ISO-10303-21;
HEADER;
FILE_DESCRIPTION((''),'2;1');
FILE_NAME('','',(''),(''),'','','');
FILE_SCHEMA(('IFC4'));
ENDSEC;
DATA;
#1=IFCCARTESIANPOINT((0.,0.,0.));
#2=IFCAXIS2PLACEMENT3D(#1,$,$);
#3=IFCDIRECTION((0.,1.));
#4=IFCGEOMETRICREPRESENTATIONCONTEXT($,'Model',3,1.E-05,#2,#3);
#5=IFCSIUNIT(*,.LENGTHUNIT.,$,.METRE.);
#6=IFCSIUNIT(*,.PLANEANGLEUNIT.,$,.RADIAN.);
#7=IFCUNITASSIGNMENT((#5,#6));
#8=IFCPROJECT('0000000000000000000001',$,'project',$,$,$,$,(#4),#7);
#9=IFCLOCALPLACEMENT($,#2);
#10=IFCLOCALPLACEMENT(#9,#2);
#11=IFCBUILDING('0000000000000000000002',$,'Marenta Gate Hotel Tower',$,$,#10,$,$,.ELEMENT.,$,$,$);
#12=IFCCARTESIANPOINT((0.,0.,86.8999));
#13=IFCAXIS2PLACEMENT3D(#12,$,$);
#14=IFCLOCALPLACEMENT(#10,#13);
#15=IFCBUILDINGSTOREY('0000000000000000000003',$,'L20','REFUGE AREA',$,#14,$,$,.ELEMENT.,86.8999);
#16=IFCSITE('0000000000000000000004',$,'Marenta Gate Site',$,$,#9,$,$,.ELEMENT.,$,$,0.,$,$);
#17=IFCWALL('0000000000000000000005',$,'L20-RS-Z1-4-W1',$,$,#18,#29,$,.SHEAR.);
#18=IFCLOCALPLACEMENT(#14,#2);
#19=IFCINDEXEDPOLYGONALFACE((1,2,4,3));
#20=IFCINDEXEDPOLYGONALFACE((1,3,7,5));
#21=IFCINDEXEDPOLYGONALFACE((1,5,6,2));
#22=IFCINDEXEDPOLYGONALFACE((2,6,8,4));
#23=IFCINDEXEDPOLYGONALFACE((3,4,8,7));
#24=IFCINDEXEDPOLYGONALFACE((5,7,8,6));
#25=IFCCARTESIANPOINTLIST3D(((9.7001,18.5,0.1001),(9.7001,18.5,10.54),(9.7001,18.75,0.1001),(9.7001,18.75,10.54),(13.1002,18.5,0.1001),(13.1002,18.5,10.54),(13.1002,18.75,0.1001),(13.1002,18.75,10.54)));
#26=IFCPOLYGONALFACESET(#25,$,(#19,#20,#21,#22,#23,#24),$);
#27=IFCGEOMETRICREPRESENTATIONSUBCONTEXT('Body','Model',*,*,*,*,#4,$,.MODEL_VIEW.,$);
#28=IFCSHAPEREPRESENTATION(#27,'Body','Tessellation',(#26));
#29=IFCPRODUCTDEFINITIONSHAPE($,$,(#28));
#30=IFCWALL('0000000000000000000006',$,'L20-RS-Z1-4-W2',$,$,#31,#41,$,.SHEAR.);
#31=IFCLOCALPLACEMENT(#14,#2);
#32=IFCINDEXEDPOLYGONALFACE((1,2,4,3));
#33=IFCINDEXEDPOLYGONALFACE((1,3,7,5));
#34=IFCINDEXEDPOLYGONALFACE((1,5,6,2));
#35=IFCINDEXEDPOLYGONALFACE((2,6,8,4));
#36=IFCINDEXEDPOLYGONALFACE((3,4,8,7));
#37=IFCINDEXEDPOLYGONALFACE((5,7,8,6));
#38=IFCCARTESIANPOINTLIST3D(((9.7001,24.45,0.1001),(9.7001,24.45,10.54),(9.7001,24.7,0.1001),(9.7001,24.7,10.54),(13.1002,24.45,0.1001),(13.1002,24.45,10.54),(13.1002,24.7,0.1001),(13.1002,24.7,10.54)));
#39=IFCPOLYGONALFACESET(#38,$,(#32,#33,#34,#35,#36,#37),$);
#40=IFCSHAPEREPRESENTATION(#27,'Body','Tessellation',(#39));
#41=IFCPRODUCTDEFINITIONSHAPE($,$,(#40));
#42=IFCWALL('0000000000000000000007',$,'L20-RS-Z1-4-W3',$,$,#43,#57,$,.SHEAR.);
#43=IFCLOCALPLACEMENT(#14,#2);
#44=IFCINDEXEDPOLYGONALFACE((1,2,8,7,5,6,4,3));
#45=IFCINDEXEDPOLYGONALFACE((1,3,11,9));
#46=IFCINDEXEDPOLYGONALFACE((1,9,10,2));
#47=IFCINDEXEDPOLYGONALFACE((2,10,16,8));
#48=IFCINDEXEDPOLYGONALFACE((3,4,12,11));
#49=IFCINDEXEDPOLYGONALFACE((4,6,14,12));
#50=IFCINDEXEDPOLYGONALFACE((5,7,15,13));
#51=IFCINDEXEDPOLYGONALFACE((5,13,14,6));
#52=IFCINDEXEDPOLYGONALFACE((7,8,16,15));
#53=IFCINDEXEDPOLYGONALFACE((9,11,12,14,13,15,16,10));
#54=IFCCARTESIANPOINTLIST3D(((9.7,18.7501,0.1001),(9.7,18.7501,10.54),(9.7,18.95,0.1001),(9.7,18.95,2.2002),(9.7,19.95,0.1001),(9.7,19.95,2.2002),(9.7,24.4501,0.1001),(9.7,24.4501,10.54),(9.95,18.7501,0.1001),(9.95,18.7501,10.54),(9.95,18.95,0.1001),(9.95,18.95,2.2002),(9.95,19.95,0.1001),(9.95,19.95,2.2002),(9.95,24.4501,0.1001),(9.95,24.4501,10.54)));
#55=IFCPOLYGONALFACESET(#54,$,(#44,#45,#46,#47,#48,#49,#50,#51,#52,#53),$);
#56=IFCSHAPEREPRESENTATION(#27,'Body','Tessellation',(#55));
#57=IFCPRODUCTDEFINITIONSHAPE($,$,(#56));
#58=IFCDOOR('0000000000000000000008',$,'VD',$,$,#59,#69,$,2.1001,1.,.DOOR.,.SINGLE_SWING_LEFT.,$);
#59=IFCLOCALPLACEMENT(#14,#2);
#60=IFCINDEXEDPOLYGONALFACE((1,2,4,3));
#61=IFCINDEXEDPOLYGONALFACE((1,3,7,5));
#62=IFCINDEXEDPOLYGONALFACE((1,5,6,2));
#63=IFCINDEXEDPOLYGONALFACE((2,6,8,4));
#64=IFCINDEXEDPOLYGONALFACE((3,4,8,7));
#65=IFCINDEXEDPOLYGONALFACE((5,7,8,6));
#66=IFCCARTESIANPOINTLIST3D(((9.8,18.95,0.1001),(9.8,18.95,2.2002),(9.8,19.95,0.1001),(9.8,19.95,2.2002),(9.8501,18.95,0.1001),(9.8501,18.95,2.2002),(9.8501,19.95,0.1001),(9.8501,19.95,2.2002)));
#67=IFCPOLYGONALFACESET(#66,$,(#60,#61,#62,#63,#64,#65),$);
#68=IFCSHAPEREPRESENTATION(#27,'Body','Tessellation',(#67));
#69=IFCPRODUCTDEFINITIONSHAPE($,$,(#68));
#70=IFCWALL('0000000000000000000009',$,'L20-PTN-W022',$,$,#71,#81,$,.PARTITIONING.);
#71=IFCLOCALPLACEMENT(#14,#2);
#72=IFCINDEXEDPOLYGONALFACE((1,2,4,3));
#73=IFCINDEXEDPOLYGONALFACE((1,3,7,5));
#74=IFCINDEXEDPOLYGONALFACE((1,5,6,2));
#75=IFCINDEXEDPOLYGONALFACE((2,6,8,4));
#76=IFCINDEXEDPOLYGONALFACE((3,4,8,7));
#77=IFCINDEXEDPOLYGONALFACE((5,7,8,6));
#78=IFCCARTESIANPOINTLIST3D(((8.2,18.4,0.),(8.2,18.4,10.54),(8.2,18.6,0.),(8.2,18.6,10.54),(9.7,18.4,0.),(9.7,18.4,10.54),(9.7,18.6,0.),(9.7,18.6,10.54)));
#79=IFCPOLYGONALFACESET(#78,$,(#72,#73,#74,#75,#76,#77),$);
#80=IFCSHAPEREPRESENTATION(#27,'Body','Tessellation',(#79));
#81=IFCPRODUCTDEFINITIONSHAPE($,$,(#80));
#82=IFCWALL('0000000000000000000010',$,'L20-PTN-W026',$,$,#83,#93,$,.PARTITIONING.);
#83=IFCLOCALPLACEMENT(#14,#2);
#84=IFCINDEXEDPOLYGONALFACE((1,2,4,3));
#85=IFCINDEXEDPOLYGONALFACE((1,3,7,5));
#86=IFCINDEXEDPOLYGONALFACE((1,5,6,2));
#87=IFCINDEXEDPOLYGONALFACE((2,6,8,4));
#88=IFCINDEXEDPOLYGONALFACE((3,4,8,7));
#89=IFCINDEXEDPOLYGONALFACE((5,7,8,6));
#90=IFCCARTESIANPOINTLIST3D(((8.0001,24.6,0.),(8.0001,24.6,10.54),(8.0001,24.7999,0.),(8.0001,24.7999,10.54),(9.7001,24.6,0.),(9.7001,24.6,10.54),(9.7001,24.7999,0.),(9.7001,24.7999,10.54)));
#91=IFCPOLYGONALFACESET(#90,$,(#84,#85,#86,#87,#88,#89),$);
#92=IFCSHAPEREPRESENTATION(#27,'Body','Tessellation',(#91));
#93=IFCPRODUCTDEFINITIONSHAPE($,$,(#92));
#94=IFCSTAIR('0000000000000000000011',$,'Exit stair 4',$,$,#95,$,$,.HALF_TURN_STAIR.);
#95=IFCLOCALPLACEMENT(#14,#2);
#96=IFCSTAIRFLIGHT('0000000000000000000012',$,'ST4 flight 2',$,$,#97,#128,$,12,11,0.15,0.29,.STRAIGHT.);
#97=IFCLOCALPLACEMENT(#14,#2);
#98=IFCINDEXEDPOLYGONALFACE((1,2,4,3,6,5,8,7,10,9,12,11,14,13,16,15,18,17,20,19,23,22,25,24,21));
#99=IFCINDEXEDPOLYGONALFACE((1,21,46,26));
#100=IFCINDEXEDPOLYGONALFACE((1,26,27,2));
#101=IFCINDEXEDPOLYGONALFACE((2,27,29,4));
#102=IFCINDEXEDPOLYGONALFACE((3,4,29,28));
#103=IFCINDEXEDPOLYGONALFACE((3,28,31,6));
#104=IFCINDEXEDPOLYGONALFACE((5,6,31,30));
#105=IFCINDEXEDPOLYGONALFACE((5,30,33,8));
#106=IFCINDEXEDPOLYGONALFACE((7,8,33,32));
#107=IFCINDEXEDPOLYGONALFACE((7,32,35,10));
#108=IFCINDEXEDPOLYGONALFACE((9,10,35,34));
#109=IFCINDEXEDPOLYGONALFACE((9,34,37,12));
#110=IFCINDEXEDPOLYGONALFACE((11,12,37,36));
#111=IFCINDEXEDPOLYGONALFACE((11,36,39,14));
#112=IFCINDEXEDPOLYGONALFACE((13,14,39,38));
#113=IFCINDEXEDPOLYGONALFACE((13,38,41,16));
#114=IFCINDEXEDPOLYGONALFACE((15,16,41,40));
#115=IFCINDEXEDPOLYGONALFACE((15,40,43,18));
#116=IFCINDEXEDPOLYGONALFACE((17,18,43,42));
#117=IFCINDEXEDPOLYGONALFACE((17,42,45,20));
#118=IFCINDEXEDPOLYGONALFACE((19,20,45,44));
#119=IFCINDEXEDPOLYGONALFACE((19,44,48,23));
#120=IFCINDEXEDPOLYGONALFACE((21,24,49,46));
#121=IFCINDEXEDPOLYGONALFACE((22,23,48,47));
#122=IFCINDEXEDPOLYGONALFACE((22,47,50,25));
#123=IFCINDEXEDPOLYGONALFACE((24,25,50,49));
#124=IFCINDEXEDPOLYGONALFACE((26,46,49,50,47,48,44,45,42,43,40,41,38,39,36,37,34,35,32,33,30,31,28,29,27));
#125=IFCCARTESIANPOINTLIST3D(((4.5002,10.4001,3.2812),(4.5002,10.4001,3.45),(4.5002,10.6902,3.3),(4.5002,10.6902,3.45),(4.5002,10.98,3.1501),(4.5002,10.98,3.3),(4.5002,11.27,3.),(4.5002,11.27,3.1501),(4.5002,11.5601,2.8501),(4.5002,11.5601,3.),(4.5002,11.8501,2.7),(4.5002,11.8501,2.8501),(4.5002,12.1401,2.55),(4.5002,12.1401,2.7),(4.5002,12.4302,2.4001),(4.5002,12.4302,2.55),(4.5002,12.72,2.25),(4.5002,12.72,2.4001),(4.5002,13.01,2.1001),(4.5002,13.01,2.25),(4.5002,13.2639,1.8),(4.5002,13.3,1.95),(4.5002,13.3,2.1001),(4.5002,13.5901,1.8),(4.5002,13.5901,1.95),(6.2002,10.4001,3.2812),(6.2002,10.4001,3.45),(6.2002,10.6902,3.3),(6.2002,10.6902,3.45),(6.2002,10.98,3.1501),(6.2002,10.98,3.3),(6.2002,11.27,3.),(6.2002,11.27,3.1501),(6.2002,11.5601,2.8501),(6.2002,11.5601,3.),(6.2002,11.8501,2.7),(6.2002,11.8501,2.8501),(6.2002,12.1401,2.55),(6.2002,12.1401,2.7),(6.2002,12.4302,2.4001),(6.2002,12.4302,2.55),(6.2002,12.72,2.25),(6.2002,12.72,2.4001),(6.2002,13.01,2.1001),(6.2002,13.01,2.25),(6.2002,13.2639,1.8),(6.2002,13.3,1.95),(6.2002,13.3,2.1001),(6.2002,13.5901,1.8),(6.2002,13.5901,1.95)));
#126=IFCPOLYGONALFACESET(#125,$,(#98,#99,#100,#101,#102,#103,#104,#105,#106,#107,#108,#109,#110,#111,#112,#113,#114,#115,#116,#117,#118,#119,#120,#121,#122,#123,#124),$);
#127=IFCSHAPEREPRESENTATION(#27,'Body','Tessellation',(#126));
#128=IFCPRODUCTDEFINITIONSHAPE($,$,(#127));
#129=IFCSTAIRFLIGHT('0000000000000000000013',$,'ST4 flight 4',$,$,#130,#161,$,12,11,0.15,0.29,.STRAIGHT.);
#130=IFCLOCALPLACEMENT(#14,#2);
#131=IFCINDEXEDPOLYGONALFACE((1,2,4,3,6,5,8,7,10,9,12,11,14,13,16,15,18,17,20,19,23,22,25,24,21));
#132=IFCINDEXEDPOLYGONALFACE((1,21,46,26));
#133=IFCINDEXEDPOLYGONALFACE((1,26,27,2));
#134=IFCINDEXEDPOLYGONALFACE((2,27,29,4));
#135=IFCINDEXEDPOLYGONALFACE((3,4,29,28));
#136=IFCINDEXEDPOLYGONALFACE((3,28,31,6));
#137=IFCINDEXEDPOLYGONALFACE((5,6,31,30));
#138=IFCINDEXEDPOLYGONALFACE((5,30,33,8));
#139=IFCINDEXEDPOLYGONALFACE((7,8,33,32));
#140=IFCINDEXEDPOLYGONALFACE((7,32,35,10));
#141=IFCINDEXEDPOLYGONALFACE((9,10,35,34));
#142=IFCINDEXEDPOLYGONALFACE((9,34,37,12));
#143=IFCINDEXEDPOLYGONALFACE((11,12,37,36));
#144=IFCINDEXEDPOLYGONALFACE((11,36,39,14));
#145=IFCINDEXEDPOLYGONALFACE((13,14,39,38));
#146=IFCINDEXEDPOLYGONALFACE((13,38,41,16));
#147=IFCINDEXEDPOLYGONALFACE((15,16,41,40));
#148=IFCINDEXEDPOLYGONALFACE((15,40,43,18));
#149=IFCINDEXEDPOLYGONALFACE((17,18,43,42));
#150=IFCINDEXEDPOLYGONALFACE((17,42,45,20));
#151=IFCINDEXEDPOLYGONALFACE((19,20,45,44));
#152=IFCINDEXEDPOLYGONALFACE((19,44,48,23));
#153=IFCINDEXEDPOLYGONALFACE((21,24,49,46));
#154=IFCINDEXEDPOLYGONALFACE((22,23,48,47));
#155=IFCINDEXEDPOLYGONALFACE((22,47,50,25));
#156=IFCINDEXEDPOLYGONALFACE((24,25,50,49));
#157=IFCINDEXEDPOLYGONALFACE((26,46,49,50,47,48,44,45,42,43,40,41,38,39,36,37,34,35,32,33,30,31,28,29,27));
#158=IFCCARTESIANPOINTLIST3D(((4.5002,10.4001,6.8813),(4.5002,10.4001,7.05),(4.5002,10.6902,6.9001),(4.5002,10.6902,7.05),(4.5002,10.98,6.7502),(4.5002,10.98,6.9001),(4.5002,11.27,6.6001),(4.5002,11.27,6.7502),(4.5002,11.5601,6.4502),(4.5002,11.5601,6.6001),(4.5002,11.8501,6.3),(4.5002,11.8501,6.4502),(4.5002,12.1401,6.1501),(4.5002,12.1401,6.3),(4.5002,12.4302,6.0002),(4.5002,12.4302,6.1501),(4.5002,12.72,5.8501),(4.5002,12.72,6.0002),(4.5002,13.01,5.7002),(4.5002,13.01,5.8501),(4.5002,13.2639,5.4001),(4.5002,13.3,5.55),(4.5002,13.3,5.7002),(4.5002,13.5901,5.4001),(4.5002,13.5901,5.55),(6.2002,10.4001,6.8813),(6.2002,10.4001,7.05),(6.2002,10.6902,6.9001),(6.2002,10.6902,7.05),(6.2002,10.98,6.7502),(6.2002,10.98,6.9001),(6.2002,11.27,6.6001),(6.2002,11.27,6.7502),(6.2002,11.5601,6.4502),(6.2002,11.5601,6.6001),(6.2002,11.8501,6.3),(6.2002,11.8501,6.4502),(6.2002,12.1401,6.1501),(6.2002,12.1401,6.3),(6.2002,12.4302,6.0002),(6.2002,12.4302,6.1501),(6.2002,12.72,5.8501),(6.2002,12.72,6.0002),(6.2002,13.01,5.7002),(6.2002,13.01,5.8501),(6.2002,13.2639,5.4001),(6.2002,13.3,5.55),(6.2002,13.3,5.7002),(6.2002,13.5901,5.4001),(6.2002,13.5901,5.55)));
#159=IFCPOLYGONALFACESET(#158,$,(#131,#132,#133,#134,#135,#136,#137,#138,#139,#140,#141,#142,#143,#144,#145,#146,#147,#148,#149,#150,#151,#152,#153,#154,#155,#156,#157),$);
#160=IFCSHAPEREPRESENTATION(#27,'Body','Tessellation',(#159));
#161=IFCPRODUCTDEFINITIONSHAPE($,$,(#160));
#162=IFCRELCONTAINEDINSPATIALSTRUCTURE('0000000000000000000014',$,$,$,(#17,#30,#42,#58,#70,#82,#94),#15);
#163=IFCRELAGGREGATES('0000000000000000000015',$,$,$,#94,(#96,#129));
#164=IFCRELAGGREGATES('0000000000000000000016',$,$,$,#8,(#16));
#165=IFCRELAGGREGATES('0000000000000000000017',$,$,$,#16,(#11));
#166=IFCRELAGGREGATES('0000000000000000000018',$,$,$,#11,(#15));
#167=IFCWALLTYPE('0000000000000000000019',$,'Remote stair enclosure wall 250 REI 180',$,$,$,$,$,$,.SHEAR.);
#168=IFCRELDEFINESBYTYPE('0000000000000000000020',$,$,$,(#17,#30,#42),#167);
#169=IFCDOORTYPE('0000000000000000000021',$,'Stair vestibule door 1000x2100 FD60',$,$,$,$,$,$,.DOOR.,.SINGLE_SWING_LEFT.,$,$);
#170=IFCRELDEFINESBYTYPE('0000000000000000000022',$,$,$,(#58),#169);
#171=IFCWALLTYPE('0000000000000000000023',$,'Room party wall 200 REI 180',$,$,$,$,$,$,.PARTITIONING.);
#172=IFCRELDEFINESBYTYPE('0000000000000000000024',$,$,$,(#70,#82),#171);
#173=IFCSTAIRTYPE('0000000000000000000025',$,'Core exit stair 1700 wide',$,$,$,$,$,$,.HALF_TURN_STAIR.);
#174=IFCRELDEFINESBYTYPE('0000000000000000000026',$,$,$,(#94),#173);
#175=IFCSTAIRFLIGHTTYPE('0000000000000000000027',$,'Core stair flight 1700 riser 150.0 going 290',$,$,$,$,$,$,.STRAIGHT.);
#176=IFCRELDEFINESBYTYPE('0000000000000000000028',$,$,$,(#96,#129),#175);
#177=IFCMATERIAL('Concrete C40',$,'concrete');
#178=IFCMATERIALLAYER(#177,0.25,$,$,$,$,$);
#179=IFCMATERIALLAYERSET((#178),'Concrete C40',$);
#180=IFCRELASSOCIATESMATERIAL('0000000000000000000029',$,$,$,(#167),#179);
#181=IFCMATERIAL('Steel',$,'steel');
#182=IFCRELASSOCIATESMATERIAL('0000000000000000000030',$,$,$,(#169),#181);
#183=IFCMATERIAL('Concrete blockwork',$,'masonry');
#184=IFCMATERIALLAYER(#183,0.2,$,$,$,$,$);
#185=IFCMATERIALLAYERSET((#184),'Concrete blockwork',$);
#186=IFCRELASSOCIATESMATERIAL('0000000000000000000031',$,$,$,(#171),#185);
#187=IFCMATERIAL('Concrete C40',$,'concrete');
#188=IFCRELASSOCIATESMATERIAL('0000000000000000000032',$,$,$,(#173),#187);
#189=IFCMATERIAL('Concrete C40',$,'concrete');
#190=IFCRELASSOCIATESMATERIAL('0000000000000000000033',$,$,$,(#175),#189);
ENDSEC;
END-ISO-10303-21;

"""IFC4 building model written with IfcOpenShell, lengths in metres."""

from ifc_helpers import new_model, si_unit, direction, frame, frame_2d, origin, place, context, subcontext, project, spatial, polyline, rectangle, outline, extrude, material, layer, layer_set, type_object, element, fill, aggregate, save


model = new_model("IFC4")

# Units and contexts
model_context = context("Model", 3, precision=1e-05, world=origin(), true_north=direction((0.0, 1.0)))
body_context = subcontext(model_context, "Body", "Model", "MODEL_VIEW")
ifc_project = project(units=[si_unit("LENGTHUNIT", "METRE"), si_unit("PLANEANGLEUNIT", "RADIAN")], contexts=[model_context])

# Site, building, storey
site_placement = place(None, origin())
site = spatial("IfcSite", under=ifc_project, at=site_placement, Name="Marenta Gate Site", CompositionType="ELEMENT", RefElevation=0.0)
building_placement = place(site_placement, origin())
building = spatial("IfcBuilding", under=site, at=building_placement, Name="Marenta Gate Hotel Tower", CompositionType="ELEMENT")
storey_placement = place(building_placement, frame((0.0, 0.0, 86.8999)))
storey = spatial("IfcBuildingStorey", under=building, at=storey_placement, Name="L20", Description="REFUGE AREA", CompositionType="ELEMENT", Elevation=86.8999)

# Walls
ifc_material_1 = material(Name="Concrete C40", Category="concrete")
ifc_layer_1 = layer(ifc_material_1, 0.25)
ifc_layer_set_1 = layer_set([ifc_layer_1], Name="Concrete C40")
wall_type_1 = type_object("IfcWallType", Name="Remote stair enclosure wall 250 REI 180", PredefinedType="SHEAR", material=ifc_layer_set_1)
for number, where, z_axis, x_axis, name in (
    (1, (9.7, 18.625, 0.1001), (0.0, 0.0, 1.0), (1.0, 0.0, 0.0), "L20-RS-Z1-4-W1"),
    (2, (9.7, 24.575, 0.1001), (0.0, 0.0, 1.0), (1.0, 0.0, 0.0), "L20-RS-Z1-4-W2"),
):
    element("IfcWall", number, at=place(storey_placement, frame(where, z_axis=z_axis, x_axis=x_axis)), inside=storey, type_object=wall_type_1, Name=name, PredefinedType="SHEAR", context=body_context, shape_type="SweptSolid", body=[
        extrude(rectangle(XDim=3.4001, YDim=0.25, at=frame_2d((1.7002, 0.0))), origin(), (0.0, 0.0, 1.0), 10.4399),
    ])

# Wall, opening, door
wall_1_placement = place(storey_placement, frame((9.825, 18.75, 0.1001), z_axis=(0.0, 0.0, 1.0), x_axis=(0.0, 1.0, 0.0)))
wall_1 = element("IfcWall", 3, at=wall_1_placement, inside=storey, type_object=wall_type_1, Name="L20-RS-Z1-4-W3", PredefinedType="SHEAR", context=body_context, shape_type="SweptSolid", body=[
    extrude(rectangle(XDim=5.7, YDim=0.25, at=frame_2d((2.8501, 0.0))), origin(), (0.0, 0.0, 1.0), 10.4399),
])
opening_1_placement = place(wall_1_placement, frame((0.2, 0.0, 0.0)))
opening_1 = element("IfcOpeningElement", 4, at=opening_1_placement, cuts=wall_1, PredefinedType="OPENING", context=body_context, shape_type="SweptSolid", body=[
    extrude(rectangle(XDim=1.0, YDim=2.1001, at=frame_2d((0.5, 1.05))), frame((0.0, 0.125, 0.0), z_axis=(0.0, -1.0, 0.0), x_axis=(1.0, 0.0, 0.0)), (0.0, 0.0, 1.0), 0.25),
])
ifc_material_2 = material(Name="Steel", Category="steel")
door_type_1 = type_object("IfcDoorType", Name="Stair vestibule door 1000x2100 FD60", OperationType="SINGLE_SWING_LEFT", PredefinedType="DOOR", material=ifc_material_2)
door_1_placement = place(opening_1_placement, origin())
door_1 = element("IfcDoor", 5, at=door_1_placement, inside=storey, type_object=door_type_1, Name="VD", OperationType="SINGLE_SWING_LEFT", OverallHeight=2.1001, OverallWidth=1.0, PredefinedType="DOOR", context=body_context, shape_type="SweptSolid", body=[
    extrude(rectangle(XDim=1.0, YDim=2.1001, at=frame_2d((0.5, 1.05))), frame((0.0, 0.0249, 0.0), z_axis=(0.0, -1.0, 0.0), x_axis=(1.0, 0.0, 0.0)), (0.0, 0.0, 1.0), 0.05),
])
fill(opening_1, door_1)
ifc_material_3 = material(Name="Concrete blockwork", Category="masonry")
ifc_layer_2 = layer(ifc_material_3, 0.2)
ifc_layer_set_2 = layer_set([ifc_layer_2], Name="Concrete blockwork")
wall_type_2 = type_object("IfcWallType", Name="Room party wall 200 REI 180", PredefinedType="PARTITIONING", material=ifc_layer_set_2)

# Walls
wall_2_placement = place(storey_placement, frame((8.2, 18.5, 0.0), z_axis=(0.0, 0.0, 1.0), x_axis=(1.0, 0.0, 0.0)))
element("IfcWall", 6, at=wall_2_placement, inside=storey, type_object=wall_type_2, Name="L20-PTN-W022", PredefinedType="PARTITIONING", context=body_context, shape_type="SweptSolid", body=[
    extrude(rectangle(XDim=1.5, YDim=0.2, at=frame_2d((0.75, 0.0))), origin(), (0.0, 0.0, 1.0), 10.54),
])
wall_3_placement = place(storey_placement, frame((8.0, 24.7, 0.0), z_axis=(0.0, 0.0, 1.0), x_axis=(1.0, 0.0, 0.0)))
element("IfcWall", 7, at=wall_3_placement, inside=storey, type_object=wall_type_2, Name="L20-PTN-W026", PredefinedType="PARTITIONING", context=body_context, shape_type="SweptSolid", body=[
    extrude(rectangle(XDim=1.7, YDim=0.2, at=frame_2d((0.8501, 0.0))), origin(), (0.0, 0.0, 1.0), 10.54),
])

# Stair, stair flights
ifc_material_4 = material(Name="Concrete C40", Category="concrete")
stair_type = type_object("IfcStairType", Name="Core exit stair 1700 wide", PredefinedType="HALF_TURN_STAIR", material=ifc_material_4)
stair_placement = place(storey_placement, origin())
stair = element("IfcStair", 8, at=stair_placement, inside=storey, type_object=stair_type, Name="Exit stair 4", PredefinedType="HALF_TURN_STAIR")
ifc_material_5 = material(Name="Concrete C40", Category="concrete")
stair_flight_type = type_object("IfcStairFlightType", Name="Core stair flight 1700 riser 150.0 going 290", PredefinedType="STRAIGHT", material=ifc_material_5)
stair_flight_1_placement = place(storey_placement, frame((5.3501, 13.5901, 1.8), z_axis=(0.0, 0.0, 1.0), x_axis=(0.0, -1.0, 0.0)))
stair_flight_1 = element("IfcStairFlight", 9, at=stair_flight_1_placement, type_object=stair_flight_type, Name="ST4 flight 2", NumberOfRisers=12, NumberOfTreads=11, PredefinedType="STRAIGHT", RiserHeight=0.15, TreadLength=0.29, context=body_context, shape_type="SweptSolid", body=[
    extrude(outline(polyline([(0.0, 0.0), (0.0, 0.1499), (0.29, 0.1499), (0.29, 0.3), (0.5801, 0.3), (0.5801, 0.45), (0.8701, 0.45), (0.8701, 0.6001), (1.1599, 0.6001), (1.1599, 0.75), (1.45, 0.75), (1.45, 0.8999), (1.74, 0.8999), (1.74, 1.05), (2.03, 1.05), (2.03, 1.2), (2.3201, 1.2), (2.3201, 1.3501), (2.6101, 1.3501), (2.6101, 1.5), (2.8999, 1.5), (2.8999, 1.6499), (3.1899, 1.6499), (3.1899, 1.8), (3.1899, 1.4812), (0.3262, 0.0), (0.0, 0.0)])), frame((0.0, 0.8501, 0.0), z_axis=(0.0, -1.0, 0.0), x_axis=(1.0, 0.0, 0.0)), (0.0, 0.0, 1.0), 1.7),
])
stair_flight_2_placement = place(storey_placement, frame((5.3501, 13.5901, 5.4001), z_axis=(0.0, 0.0, 1.0), x_axis=(0.0, -1.0, 0.0)))
stair_flight_2 = element("IfcStairFlight", 10, at=stair_flight_2_placement, type_object=stair_flight_type, Name="ST4 flight 4", NumberOfRisers=12, NumberOfTreads=11, PredefinedType="STRAIGHT", RiserHeight=0.15, TreadLength=0.29, context=body_context, shape_type="SweptSolid", body=[
    extrude(outline(polyline([(0.0, 0.0), (0.0, 0.1499), (0.29, 0.1499), (0.29, 0.3), (0.5801, 0.3), (0.5801, 0.45), (0.8701, 0.45), (0.8701, 0.6001), (1.1599, 0.6001), (1.1599, 0.75), (1.45, 0.75), (1.45, 0.8999), (1.74, 0.8999), (1.74, 1.05), (2.03, 1.05), (2.03, 1.2), (2.3201, 1.2), (2.3201, 1.3501), (2.6101, 1.3501), (2.6101, 1.5), (2.8999, 1.5), (2.8999, 1.6499), (3.1899, 1.6499), (3.1899, 1.8), (3.1899, 1.4812), (0.3262, 0.0), (0.0, 0.0)])), frame((0.0, 0.8501, 0.0), z_axis=(0.0, -1.0, 0.0), x_axis=(1.0, 0.0, 0.0)), (0.0, 0.0, 1.0), 1.7),
])
aggregate(stair, [stair_flight_1, stair_flight_2])

save(model, "model.ifc")
